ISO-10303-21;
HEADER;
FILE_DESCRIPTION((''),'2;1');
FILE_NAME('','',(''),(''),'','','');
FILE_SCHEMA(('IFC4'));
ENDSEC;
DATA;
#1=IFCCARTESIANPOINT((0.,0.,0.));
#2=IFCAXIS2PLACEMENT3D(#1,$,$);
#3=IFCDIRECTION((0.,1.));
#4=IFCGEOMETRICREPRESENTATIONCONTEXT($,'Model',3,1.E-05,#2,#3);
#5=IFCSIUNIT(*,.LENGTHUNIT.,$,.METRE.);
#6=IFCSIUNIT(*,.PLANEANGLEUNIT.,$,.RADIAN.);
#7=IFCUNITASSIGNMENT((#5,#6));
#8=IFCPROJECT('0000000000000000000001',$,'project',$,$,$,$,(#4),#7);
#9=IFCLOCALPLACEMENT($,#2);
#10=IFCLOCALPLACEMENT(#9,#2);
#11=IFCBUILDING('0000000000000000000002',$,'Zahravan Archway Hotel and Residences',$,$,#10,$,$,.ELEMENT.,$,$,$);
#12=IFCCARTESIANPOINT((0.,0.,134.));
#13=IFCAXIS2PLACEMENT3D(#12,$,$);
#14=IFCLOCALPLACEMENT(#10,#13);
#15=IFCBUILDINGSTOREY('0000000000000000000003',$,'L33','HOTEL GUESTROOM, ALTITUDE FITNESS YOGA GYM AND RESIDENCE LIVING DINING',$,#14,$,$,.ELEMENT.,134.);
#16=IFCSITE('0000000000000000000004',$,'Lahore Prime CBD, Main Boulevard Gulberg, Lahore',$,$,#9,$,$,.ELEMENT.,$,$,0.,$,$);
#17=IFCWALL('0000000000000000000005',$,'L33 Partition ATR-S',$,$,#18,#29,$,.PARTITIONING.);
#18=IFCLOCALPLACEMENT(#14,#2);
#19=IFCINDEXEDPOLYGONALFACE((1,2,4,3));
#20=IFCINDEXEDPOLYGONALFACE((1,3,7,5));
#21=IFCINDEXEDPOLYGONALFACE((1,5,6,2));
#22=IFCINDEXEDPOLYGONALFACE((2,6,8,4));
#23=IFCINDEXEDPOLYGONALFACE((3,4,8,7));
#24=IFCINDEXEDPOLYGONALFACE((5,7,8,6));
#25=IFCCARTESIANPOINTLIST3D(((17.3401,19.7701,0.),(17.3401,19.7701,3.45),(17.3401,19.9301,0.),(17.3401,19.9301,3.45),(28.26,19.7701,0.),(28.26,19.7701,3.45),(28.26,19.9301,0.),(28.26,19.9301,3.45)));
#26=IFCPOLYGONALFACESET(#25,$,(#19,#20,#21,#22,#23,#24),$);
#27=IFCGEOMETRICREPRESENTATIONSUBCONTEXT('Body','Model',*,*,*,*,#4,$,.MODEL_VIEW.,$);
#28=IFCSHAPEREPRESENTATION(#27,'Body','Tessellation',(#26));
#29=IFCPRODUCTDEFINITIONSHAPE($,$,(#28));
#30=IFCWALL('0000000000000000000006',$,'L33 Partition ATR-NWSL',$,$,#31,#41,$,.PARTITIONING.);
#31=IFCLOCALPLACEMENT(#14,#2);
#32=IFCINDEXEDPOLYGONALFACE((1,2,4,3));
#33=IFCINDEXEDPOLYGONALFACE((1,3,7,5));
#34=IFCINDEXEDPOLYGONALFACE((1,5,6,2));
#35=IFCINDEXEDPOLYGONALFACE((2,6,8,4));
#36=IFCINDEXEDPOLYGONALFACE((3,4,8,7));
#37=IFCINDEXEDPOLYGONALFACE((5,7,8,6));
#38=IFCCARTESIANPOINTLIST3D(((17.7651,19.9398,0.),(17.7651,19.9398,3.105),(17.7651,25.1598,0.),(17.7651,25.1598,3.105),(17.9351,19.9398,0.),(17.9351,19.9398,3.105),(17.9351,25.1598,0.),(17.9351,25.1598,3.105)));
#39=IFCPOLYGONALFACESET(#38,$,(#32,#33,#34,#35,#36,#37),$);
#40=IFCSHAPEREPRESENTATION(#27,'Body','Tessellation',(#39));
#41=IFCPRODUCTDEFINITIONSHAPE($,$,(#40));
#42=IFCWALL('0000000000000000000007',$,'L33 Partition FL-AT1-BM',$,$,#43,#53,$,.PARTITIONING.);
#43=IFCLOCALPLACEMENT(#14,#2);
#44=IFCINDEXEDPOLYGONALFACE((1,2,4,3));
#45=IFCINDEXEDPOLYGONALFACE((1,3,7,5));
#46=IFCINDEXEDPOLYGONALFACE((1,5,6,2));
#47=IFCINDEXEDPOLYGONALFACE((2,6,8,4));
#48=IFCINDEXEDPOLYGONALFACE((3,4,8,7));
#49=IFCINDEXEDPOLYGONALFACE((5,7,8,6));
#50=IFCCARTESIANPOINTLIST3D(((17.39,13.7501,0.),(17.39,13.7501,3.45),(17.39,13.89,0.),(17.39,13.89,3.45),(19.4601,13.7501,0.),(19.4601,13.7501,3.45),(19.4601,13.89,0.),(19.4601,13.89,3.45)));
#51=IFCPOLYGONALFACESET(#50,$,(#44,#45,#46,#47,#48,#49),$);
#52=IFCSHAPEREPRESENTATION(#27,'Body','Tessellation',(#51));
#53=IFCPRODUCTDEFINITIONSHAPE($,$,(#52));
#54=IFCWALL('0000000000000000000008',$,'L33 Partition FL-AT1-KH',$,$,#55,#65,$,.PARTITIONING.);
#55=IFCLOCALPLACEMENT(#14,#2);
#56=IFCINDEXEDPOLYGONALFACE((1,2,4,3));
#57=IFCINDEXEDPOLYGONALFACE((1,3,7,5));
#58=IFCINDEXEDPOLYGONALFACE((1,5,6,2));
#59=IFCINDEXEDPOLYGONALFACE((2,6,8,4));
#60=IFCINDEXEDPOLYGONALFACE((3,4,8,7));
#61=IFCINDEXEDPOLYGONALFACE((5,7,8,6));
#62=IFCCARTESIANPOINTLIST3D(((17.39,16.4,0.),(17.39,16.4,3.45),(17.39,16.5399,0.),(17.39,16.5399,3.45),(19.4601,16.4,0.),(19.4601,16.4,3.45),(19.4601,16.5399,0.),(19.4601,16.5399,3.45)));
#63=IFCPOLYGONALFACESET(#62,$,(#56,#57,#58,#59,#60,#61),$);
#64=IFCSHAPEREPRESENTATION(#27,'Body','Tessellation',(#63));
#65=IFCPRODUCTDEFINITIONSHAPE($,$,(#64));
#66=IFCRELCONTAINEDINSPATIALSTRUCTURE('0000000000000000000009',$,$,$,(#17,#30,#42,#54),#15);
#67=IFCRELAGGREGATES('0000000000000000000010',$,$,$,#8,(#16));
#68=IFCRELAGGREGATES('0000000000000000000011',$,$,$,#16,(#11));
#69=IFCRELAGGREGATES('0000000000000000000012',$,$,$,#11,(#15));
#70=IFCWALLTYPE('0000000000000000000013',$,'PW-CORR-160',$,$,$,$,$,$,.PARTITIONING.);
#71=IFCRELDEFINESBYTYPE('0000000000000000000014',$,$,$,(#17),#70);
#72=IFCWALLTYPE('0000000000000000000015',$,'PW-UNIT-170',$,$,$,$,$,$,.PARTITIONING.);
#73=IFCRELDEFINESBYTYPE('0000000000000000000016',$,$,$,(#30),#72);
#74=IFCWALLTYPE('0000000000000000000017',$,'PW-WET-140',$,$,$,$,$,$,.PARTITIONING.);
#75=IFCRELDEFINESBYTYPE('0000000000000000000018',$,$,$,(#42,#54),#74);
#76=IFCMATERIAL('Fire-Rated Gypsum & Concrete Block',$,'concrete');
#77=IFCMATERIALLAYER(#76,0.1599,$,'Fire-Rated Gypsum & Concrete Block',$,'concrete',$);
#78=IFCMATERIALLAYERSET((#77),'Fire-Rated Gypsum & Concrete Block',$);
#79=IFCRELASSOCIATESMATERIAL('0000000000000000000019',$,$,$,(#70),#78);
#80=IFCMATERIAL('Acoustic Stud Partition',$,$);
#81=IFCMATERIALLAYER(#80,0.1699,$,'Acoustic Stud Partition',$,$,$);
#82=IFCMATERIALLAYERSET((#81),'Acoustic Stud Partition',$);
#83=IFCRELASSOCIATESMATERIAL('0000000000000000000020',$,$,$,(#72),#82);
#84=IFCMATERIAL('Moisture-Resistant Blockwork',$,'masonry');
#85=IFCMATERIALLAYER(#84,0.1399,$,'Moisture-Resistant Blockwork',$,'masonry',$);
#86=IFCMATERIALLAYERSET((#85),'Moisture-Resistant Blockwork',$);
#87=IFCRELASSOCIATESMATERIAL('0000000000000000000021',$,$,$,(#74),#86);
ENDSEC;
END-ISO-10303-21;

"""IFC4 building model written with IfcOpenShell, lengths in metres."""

from ifc_helpers import new_model, si_unit, direction, frame, frame_2d, origin, place, context, subcontext, project, spatial, rectangle, extrude, material, layer, layer_set, type_object, element, save


model = new_model("IFC4")

# Units and contexts
model_context = context("Model", 3, precision=1e-05, world=origin(), true_north=direction((0.0, 1.0)))
body_context = subcontext(model_context, "Body", "Model", "MODEL_VIEW")
ifc_project = project(units=[si_unit("LENGTHUNIT", "METRE"), si_unit("PLANEANGLEUNIT", "RADIAN")], contexts=[model_context])

# Site, building, storey
site_placement = place(None, origin())
site = spatial("IfcSite", under=ifc_project, at=site_placement, Name="Lahore Prime CBD, Main Boulevard Gulberg, Lahore", CompositionType="ELEMENT", RefElevation=0.0)
building_placement = place(site_placement, origin())
building = spatial("IfcBuilding", under=site, at=building_placement, Name="Zahravan Archway Hotel and Residences", CompositionType="ELEMENT")
storey_placement = place(building_placement, frame((0.0, 0.0, 134.0)))
storey = spatial("IfcBuildingStorey", under=building, at=storey_placement, Name="L33", Description="HOTEL GUESTROOM, ALTITUDE FITNESS YOGA GYM AND RESIDENCE LIVING DINING", CompositionType="ELEMENT", Elevation=134.0)

# Walls
ifc_material_1 = material(Name="Fire-Rated Gypsum & Concrete Block", Category="concrete")
ifc_layer_1 = layer(ifc_material_1, 0.1599, Name="Fire-Rated Gypsum & Concrete Block", Category="concrete")
ifc_layer_set_1 = layer_set([ifc_layer_1], Name="Fire-Rated Gypsum & Concrete Block")
wall_type_1 = type_object("IfcWallType", Name="PW-CORR-160", PredefinedType="PARTITIONING", material=ifc_layer_set_1)
wall_1_placement = place(storey_placement, frame((17.3401, 19.8501, 0.0), z_axis=(0.0, 0.0, 1.0), x_axis=(1.0, 0.0, 0.0)))
element("IfcWall", 1, at=wall_1_placement, inside=storey, type_object=wall_type_1, Name="L33 Partition ATR-S", PredefinedType="PARTITIONING", context=body_context, shape_type="SweptSolid", body=[
    extrude(rectangle(XDim=10.9199, YDim=0.1599, at=frame_2d((5.46, 0.0))), origin(), (0.0, 0.0, 1.0), 3.45),
])
ifc_material_2 = material(Name="Acoustic Stud Partition")
ifc_layer_2 = layer(ifc_material_2, 0.1699, Name="Acoustic Stud Partition")
ifc_layer_set_2 = layer_set([ifc_layer_2], Name="Acoustic Stud Partition")
wall_type_2 = type_object("IfcWallType", Name="PW-UNIT-170", PredefinedType="PARTITIONING", material=ifc_layer_set_2)
wall_2_placement = place(storey_placement, frame((17.8501, 19.9399, 0.0), z_axis=(0.0, 0.0, 1.0), x_axis=(0.0, 1.0, 0.0)))
element("IfcWall", 2, at=wall_2_placement, inside=storey, type_object=wall_type_2, Name="L33 Partition ATR-NWSL", PredefinedType="PARTITIONING", context=body_context, shape_type="SweptSolid", body=[
    extrude(rectangle(XDim=5.22, YDim=0.1699, at=frame_2d((2.6099, 0.0))), origin(), (0.0, 0.0, 1.0), 3.105),
])
ifc_material_3 = material(Name="Moisture-Resistant Blockwork", Category="masonry")
ifc_layer_3 = layer(ifc_material_3, 0.1399, Name="Moisture-Resistant Blockwork", Category="masonry")
ifc_layer_set_3 = layer_set([ifc_layer_3], Name="Moisture-Resistant Blockwork")
wall_type_3 = type_object("IfcWallType", Name="PW-WET-140", PredefinedType="PARTITIONING", material=ifc_layer_set_3)
for number, where, z_axis, x_axis, name in (
    (3, (17.3899, 13.8201, 0.0), (0.0, 0.0, 1.0), (1.0, 0.0, 0.0), "L33 Partition FL-AT1-BM"),
    (4, (17.3899, 16.47, 0.0), (0.0, 0.0, 1.0), (1.0, 0.0, 0.0), "L33 Partition FL-AT1-KH"),
):
    element("IfcWall", number, at=place(storey_placement, frame(where, z_axis=z_axis, x_axis=x_axis)), inside=storey, type_object=wall_type_3, Name=name, PredefinedType="PARTITIONING", context=body_context, shape_type="SweptSolid", body=[
        extrude(rectangle(XDim=2.0701, YDim=0.1399, at=frame_2d((1.0352, 0.0))), origin(), (0.0, 0.0, 1.0), 3.45),
    ])

save(model, "model.ifc")
